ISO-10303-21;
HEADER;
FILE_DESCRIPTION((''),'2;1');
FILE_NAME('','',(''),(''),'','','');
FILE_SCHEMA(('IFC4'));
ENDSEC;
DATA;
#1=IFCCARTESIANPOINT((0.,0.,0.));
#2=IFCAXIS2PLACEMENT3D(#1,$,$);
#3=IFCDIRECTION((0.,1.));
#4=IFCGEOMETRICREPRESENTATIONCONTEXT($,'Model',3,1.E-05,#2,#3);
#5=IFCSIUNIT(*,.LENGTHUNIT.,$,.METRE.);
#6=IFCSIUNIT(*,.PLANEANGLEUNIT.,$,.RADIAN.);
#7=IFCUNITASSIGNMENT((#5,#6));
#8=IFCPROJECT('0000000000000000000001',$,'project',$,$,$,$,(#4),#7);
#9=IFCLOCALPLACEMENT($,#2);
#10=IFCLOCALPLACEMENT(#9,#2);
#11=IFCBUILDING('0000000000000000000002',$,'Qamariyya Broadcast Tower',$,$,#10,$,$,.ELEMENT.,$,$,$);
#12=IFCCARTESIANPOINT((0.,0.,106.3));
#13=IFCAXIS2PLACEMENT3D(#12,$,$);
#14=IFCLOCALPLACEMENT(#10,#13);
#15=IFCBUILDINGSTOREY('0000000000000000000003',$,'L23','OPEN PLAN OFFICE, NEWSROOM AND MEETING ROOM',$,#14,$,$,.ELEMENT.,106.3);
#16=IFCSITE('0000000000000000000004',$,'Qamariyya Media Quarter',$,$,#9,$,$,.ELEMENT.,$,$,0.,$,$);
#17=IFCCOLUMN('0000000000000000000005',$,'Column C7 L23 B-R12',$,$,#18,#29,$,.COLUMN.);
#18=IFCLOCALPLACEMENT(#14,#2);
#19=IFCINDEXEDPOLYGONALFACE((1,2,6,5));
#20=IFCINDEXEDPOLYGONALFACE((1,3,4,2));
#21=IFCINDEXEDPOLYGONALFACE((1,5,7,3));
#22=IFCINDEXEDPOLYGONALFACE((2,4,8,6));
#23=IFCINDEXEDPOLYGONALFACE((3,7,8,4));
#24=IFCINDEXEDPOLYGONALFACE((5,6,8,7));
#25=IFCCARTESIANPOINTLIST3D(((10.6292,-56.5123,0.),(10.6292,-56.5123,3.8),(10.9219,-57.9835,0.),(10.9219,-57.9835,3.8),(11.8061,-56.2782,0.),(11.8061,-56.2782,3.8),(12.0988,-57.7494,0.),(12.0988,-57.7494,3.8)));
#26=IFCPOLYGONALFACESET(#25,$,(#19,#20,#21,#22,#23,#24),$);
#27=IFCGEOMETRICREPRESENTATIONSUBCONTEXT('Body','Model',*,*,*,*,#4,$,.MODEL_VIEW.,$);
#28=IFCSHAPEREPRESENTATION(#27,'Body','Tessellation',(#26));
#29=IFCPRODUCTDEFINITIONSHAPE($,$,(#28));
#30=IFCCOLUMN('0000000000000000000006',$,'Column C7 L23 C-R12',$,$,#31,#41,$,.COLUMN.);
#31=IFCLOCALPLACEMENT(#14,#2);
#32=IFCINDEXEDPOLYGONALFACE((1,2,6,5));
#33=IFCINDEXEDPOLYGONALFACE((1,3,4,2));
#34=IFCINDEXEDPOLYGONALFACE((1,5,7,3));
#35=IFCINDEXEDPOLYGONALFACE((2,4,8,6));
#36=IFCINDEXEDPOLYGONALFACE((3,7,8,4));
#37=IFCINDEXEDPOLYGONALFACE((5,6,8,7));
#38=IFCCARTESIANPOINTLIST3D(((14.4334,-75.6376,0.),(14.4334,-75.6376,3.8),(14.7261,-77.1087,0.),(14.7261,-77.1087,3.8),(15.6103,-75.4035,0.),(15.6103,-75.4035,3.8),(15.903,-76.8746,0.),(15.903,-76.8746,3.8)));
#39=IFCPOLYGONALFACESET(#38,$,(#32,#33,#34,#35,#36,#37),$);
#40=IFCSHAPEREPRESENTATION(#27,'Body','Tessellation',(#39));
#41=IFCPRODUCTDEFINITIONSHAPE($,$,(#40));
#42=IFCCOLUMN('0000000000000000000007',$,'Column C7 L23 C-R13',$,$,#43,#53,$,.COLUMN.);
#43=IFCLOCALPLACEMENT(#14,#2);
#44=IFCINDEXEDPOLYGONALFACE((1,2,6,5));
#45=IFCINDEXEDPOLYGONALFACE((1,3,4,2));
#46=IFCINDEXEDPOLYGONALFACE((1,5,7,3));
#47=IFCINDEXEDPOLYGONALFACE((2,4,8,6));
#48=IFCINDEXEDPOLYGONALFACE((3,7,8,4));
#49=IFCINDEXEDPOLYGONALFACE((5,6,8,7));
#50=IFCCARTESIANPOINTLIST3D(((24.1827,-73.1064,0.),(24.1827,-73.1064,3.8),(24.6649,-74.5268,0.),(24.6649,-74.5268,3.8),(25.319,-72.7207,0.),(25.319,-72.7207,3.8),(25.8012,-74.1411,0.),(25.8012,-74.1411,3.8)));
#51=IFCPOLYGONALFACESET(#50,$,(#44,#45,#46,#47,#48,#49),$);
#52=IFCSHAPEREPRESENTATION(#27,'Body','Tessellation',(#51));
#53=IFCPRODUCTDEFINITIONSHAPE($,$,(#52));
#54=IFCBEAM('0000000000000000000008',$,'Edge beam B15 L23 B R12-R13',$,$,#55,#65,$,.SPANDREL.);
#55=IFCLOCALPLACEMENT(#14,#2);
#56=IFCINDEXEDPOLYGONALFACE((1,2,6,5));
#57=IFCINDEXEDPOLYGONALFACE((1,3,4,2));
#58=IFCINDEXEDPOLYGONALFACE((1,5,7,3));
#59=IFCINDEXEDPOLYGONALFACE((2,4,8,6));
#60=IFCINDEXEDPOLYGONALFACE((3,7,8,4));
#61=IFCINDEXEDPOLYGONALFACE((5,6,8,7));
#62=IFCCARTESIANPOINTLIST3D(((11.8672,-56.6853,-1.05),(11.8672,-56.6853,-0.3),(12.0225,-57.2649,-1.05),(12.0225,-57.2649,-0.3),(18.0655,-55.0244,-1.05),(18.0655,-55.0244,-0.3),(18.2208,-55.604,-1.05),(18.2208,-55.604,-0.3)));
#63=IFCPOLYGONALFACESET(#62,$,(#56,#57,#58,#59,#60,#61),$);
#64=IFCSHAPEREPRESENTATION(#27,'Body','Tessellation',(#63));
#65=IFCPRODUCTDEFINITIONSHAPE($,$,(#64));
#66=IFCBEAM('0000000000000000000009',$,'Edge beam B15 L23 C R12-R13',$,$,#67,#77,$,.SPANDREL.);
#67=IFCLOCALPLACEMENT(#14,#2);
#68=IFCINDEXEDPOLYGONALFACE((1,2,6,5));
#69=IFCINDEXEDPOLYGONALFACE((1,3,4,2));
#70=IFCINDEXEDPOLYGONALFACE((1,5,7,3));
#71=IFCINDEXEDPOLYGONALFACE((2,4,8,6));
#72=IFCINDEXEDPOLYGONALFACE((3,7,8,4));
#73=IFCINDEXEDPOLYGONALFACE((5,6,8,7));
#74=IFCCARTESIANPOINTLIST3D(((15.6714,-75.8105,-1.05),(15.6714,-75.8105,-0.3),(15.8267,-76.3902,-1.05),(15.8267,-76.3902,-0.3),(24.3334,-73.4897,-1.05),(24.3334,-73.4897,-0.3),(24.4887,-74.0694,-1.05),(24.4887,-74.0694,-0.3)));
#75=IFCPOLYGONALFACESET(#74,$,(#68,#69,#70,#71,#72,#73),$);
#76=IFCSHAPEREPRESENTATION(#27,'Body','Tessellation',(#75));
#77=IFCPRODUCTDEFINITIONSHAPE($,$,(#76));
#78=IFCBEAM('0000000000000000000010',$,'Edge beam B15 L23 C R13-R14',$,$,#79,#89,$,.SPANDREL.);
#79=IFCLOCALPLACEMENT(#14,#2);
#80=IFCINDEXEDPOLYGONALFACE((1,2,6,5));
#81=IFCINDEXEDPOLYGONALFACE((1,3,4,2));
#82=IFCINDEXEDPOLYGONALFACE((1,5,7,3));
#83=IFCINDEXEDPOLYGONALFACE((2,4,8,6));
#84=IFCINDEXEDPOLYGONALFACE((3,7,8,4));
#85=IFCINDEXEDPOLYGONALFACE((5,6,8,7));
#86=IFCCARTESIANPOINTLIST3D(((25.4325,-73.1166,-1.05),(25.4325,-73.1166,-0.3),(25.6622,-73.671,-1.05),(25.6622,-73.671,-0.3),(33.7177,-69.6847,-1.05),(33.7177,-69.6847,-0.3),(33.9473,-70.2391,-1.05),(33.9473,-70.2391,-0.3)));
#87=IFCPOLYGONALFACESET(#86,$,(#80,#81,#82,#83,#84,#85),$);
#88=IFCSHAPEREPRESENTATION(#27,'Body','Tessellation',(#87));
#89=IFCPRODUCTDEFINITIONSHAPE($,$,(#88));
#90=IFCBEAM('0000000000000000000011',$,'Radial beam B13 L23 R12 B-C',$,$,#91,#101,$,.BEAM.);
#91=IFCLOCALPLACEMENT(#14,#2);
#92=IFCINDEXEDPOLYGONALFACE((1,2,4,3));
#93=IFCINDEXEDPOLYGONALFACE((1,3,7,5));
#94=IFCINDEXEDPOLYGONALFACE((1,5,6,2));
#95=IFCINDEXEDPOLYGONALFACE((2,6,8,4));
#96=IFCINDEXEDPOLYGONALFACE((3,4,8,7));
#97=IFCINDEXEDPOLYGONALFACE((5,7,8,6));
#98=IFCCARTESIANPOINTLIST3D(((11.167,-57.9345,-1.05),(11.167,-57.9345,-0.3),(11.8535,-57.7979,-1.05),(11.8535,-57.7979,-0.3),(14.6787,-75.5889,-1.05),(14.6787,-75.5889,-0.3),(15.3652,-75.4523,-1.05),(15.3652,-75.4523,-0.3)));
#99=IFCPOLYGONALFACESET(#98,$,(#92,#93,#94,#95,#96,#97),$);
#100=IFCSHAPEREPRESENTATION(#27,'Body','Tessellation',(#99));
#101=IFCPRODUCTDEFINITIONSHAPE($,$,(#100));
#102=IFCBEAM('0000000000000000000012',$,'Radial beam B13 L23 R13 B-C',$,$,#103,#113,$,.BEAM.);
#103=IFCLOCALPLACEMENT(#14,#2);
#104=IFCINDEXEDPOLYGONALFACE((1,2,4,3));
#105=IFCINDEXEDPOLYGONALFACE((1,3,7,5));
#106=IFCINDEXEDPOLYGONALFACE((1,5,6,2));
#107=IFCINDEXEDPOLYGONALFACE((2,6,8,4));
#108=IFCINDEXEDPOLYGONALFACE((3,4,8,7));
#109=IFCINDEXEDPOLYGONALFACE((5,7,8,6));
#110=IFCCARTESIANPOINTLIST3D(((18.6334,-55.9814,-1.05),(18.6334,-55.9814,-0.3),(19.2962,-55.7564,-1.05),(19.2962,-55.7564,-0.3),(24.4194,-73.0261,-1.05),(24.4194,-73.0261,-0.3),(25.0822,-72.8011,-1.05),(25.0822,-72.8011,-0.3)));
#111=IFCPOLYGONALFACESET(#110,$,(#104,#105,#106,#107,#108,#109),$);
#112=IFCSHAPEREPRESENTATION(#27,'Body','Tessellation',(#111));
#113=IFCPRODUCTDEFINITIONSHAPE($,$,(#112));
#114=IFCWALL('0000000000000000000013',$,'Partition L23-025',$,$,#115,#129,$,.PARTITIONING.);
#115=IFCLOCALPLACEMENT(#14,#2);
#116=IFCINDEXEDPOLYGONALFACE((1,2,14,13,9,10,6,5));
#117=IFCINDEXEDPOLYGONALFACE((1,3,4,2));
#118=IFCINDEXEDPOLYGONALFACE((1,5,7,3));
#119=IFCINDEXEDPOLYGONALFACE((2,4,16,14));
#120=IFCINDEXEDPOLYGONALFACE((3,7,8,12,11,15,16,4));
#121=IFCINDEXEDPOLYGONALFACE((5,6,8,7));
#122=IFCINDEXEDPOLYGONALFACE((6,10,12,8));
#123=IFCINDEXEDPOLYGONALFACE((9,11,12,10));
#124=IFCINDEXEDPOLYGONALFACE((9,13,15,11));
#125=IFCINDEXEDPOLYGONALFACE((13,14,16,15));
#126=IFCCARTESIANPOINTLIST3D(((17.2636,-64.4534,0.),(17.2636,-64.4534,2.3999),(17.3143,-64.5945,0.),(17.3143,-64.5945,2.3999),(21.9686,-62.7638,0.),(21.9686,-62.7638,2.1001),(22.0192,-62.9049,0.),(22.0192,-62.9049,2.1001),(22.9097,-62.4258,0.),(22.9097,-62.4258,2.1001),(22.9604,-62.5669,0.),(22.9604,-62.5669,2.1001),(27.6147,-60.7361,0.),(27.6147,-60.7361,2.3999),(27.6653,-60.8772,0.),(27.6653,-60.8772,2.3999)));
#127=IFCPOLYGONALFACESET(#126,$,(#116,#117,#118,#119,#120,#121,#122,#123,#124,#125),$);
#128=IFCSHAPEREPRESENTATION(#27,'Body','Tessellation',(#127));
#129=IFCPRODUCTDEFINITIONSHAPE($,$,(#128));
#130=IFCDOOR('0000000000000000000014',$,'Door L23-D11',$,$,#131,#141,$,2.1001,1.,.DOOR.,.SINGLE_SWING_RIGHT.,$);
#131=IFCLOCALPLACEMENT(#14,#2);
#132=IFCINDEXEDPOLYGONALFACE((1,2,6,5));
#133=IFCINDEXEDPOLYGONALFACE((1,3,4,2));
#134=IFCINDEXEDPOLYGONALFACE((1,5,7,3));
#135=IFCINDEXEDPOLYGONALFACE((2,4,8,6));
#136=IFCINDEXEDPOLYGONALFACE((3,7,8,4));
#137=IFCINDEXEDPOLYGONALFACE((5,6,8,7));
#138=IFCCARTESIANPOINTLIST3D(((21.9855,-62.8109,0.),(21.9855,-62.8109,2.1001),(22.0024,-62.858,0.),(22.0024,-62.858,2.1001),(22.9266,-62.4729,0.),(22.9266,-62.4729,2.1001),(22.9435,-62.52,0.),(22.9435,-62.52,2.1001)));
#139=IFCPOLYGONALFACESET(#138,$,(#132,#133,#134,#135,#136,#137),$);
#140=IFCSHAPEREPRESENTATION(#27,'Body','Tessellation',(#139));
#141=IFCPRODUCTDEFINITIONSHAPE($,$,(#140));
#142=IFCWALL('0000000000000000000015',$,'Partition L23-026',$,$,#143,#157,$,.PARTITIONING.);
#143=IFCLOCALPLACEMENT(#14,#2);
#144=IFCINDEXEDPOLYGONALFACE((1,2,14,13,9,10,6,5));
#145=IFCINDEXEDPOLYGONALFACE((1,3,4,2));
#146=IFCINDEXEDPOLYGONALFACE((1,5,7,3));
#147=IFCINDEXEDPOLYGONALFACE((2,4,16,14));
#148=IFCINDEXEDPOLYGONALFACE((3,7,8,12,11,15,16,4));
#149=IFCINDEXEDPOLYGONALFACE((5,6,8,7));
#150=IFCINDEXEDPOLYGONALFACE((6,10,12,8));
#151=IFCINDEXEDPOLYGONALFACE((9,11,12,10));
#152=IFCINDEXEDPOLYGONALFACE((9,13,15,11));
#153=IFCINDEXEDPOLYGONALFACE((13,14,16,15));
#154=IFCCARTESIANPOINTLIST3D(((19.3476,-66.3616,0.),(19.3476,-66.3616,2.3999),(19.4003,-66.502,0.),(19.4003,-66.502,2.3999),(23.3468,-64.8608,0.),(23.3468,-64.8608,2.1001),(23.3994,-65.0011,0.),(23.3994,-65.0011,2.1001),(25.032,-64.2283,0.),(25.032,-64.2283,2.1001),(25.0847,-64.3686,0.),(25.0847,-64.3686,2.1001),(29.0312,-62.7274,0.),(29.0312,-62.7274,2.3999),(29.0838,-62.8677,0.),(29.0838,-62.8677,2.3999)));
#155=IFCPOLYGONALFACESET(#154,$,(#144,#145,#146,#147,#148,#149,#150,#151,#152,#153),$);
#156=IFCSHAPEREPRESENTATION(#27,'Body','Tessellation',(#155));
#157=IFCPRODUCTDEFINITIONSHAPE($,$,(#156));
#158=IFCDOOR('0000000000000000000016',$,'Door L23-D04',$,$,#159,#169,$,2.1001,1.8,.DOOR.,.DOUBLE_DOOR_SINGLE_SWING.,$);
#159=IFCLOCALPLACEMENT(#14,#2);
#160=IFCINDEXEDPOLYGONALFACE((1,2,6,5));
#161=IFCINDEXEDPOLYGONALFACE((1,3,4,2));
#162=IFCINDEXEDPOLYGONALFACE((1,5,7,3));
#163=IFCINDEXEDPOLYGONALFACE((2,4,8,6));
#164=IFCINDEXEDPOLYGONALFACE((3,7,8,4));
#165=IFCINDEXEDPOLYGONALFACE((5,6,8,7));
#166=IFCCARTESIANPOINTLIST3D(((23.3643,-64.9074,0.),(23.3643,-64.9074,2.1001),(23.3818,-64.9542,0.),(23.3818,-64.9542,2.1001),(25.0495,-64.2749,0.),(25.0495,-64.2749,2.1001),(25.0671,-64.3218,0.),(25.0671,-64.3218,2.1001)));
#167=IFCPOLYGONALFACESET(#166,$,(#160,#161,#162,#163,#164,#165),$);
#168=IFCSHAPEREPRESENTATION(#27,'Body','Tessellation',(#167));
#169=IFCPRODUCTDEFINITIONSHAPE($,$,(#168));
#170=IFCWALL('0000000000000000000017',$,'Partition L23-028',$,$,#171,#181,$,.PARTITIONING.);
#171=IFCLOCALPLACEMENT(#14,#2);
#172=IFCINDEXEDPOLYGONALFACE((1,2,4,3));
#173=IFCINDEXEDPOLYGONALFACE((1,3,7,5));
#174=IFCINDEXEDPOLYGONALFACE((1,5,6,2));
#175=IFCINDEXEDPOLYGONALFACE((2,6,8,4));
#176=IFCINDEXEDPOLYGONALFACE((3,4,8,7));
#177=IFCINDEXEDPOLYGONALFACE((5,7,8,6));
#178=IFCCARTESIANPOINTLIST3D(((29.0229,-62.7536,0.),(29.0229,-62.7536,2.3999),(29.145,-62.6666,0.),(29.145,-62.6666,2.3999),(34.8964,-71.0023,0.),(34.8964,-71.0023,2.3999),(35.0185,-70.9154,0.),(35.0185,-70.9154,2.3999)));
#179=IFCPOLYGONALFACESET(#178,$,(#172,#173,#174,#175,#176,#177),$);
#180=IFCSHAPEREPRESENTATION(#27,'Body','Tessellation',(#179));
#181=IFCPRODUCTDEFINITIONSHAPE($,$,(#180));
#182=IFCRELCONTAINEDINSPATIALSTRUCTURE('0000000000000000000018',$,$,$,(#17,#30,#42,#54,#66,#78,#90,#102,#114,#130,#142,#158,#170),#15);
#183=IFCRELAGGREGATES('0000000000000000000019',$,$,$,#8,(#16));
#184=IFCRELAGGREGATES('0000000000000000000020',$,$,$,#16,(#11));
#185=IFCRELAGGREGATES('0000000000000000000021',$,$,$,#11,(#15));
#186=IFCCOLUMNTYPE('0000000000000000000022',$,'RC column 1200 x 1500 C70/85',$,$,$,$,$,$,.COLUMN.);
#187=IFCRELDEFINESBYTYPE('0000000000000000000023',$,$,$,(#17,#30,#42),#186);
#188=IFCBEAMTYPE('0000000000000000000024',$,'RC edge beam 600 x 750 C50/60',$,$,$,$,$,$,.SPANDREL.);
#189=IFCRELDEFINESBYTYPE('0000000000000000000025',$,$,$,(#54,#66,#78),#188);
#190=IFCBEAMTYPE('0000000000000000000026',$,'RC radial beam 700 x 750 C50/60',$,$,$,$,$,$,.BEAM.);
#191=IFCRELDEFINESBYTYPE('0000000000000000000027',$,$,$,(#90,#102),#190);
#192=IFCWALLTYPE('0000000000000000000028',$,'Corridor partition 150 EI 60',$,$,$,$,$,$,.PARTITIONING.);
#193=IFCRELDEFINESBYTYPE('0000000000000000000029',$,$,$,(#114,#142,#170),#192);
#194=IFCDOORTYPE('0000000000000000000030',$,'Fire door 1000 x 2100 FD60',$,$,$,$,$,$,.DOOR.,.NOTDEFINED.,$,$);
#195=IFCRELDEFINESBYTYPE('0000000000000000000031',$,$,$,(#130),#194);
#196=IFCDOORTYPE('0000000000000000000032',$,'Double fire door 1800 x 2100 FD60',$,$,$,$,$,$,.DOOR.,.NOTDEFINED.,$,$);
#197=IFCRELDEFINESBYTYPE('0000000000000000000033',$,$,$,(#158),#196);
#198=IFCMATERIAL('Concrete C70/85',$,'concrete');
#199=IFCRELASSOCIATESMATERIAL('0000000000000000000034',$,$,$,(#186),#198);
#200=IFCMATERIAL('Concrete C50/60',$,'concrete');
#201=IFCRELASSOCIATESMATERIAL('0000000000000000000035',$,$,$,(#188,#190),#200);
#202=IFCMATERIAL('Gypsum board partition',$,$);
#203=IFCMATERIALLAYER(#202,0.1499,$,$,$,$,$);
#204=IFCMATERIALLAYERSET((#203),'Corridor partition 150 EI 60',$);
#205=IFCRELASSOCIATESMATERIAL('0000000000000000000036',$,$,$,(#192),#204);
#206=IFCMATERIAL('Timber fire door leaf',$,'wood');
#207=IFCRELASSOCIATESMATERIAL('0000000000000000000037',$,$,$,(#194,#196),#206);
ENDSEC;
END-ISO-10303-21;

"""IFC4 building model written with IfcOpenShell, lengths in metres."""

from ifc_helpers import new_model, si_unit, direction, frame, frame_2d, origin, origin_2d, place, context, subcontext, project, spatial, rectangle, extrude, material, layer, layer_set, material_profile, profile_set, type_object, element, fill, save


model = new_model("IFC4")

# Units and contexts
model_context = context("Model", 3, precision=1e-05, world=origin(), true_north=direction((0.0, 1.0)))
body_context = subcontext(model_context, "Body", "Model", "MODEL_VIEW")
ifc_project = project(units=[si_unit("LENGTHUNIT", "METRE"), si_unit("PLANEANGLEUNIT", "RADIAN")], contexts=[model_context])

# Site, building, storey
site_placement = place(None, origin())
site = spatial("IfcSite", under=ifc_project, at=site_placement, Name="Qamariyya Media Quarter", CompositionType="ELEMENT", RefElevation=0.0)
building_placement = place(site_placement, origin())
building = spatial("IfcBuilding", under=site, at=building_placement, Name="Qamariyya Broadcast Tower", CompositionType="ELEMENT")
storey_placement = place(building_placement, frame((0.0, 0.0, 106.3)))
storey = spatial("IfcBuildingStorey", under=building, at=storey_placement, Name="L23", Description="OPEN PLAN OFFICE, NEWSROOM AND MEETING ROOM", CompositionType="ELEMENT", Elevation=106.3)

# Columns
ifc_material_1 = material(Name="Concrete C70/85", Category="concrete")
ifc_material_profile_1 = material_profile(ifc_material_1, rectangle(XDim=1.2, YDim=1.5, at=origin_2d()))
ifc_profile_set_1 = profile_set([ifc_material_profile_1], Name="Concrete C70/85")
column_type = type_object("IfcColumnType", Name="RC column 1200 x 1500 C70/85", PredefinedType="COLUMN", material=ifc_profile_set_1)
for number, where, z_axis, x_axis, name in (
    (1, (11.364, -57.1309, 0.0), (0.0, 0.0, 1.0), (0.980785, 0.19509, 0.0), "Column C7 L23 B-R12"),
    (2, (15.1682, -76.2561, 0.0), (0.0, 0.0, 1.0), (0.980785, 0.19509, 0.0), "Column C7 L23 C-R12"),
    (3, (24.9919, -73.6238, 0.0), (0.0, 0.0, 1.0), (0.94693, 0.321439, 0.0), "Column C7 L23 C-R13"),
):
    element("IfcColumn", number, at=place(storey_placement, frame(where, z_axis=z_axis, x_axis=x_axis)), inside=storey, type_object=column_type, Name=name, PredefinedType="COLUMN", context=body_context, shape_type="SweptSolid", body=[
        extrude(rectangle(XDim=1.2, YDim=1.5, at=origin_2d()), origin(), (0.0, 0.0, 1.0), 3.8),
    ])

# Beams
ifc_material_2 = material(Name="Concrete C50/60", Category="concrete")
ifc_material_profile_2 = material_profile(ifc_material_2, rectangle(XDim=0.6001, YDim=0.75, at=origin_2d()))
ifc_profile_set_2 = profile_set([ifc_material_profile_2], Name="Concrete C50/60")
beam_type_1 = type_object("IfcBeamType", Name="RC edge beam 600 x 750 C50/60", PredefinedType="SPANDREL", material=ifc_profile_set_2)
beam_1_placement = place(storey_placement, frame((11.9448, -56.9751, -0.675), z_axis=(0.965923, 0.25883, 0.0), x_axis=(-0.25883, 0.965923, 0.0)))
element("IfcBeam", 4, at=beam_1_placement, inside=storey, type_object=beam_type_1, Name="Edge beam B15 L23 B R12-R13", PredefinedType="SPANDREL", context=body_context, shape_type="SweptSolid", body=[
    extrude(rectangle(XDim=0.6001, YDim=0.75, at=origin_2d()), origin(), (0.0, 0.0, 1.0), 6.417),
])
beam_2_placement = place(storey_placement, frame((15.749, -76.1003, -0.675), z_axis=(0.965932, 0.258798, 0.0), x_axis=(-0.258798, 0.965932, 0.0)))
element("IfcBeam", 5, at=beam_2_placement, inside=storey, type_object=beam_type_1, Name="Edge beam B15 L23 C R12-R13", PredefinedType="SPANDREL", context=body_context, shape_type="SweptSolid", body=[
    extrude(rectangle(XDim=0.6001, YDim=0.75, at=origin_2d()), origin(), (0.0, 0.0, 1.0), 8.9675),
])
beam_3_placement = place(storey_placement, frame((25.5474, -73.3938, -0.675), z_axis=(0.923877, 0.382689, 0.0), x_axis=(-0.382689, 0.923877, 0.0)))
element("IfcBeam", 6, at=beam_3_placement, inside=storey, type_object=beam_type_1, Name="Edge beam B15 L23 C R13-R14", PredefinedType="SPANDREL", context=body_context, shape_type="SweptSolid", body=[
    extrude(rectangle(XDim=0.6001, YDim=0.75, at=origin_2d()), origin(), (0.0, 0.0, 1.0), 8.9678),
])
ifc_material_profile_3 = material_profile(ifc_material_2, rectangle(XDim=0.7, YDim=0.75, at=origin_2d()))
ifc_profile_set_3 = profile_set([ifc_material_profile_3], Name="Concrete C50/60")
beam_type_2 = type_object("IfcBeamType", Name="RC radial beam 700 x 750 C50/60", PredefinedType="BEAM", material=ifc_profile_set_3)
beam_4_placement = place(storey_placement, frame((11.5103, -57.8662, -0.675), z_axis=(0.195094, -0.980785, 0.0), x_axis=(0.980785, 0.195094, 0.0)))
element("IfcBeam", 7, at=beam_4_placement, inside=storey, type_object=beam_type_2, Name="Radial beam B13 L23 R12 B-C", PredefinedType="BEAM", context=body_context, shape_type="SweptSolid", body=[
    extrude(rectangle(XDim=0.7, YDim=0.75, at=origin_2d()), origin(), (0.0, 0.0, 1.0), 18.0002),
])
beam_5_placement = place(storey_placement, frame((18.9648, -55.8689, -0.675), z_axis=(0.321439, -0.94693, 0.0), x_axis=(0.94693, 0.321439, 0.0)))
element("IfcBeam", 8, at=beam_5_placement, inside=storey, type_object=beam_type_2, Name="Radial beam B13 L23 R13 B-C", PredefinedType="BEAM", context=body_context, shape_type="SweptSolid", body=[
    extrude(rectangle(XDim=0.7, YDim=0.75, at=origin_2d()), origin(), (0.0, 0.0, 1.0), 18.0),
])

# Walls, openings, doors
ifc_material_3 = material(Name="Gypsum board partition")
ifc_layer_1 = layer(ifc_material_3, 0.1499)
ifc_layer_set_1 = layer_set([ifc_layer_1], Name="Corridor partition 150 EI 60")
wall_type_1 = type_object("IfcWallType", Name="Corridor partition 150 EI 60", PredefinedType="PARTITIONING", material=ifc_layer_set_1)
wall_1_placement = place(storey_placement, frame((17.2891, -64.5239, 0.0), z_axis=(0.0, 0.0, 1.0), x_axis=(0.941151, 0.337987, 0.0)))
wall_1 = element("IfcWall", 9, at=wall_1_placement, inside=storey, type_object=wall_type_1, Name="Partition L23-025", PredefinedType="PARTITIONING", context=body_context, shape_type="SweptSolid", body=[
    extrude(rectangle(XDim=10.9983, YDim=0.1499, at=frame_2d((5.499, 0.0))), origin(), (0.0, 0.0, 1.0), 2.3999),
])
opening_1_placement = place(wall_1_placement, frame((4.999, 0.0, 0.0)))
opening_1 = element("IfcOpeningElement", 10, at=opening_1_placement, cuts=wall_1, PredefinedType="OPENING", context=body_context, shape_type="SweptSolid", body=[
    extrude(rectangle(XDim=1.0, YDim=2.1001, at=frame_2d((0.5, 1.05))), frame((0.0, 0.085, 0.0), z_axis=(0.0, -1.0, 0.0), x_axis=(1.0, 0.0, 0.0)), (0.0, 0.0, 1.0), 0.1699),
])
ifc_material_4 = material(Name="Timber fire door leaf", Category="wood")
door_type_1 = type_object("IfcDoorType", Name="Fire door 1000 x 2100 FD60", OperationType="NOTDEFINED", PredefinedType="DOOR", material=ifc_material_4)
door_1_placement = place(opening_1_placement, origin())
door_1 = element("IfcDoor", 11, at=door_1_placement, inside=storey, type_object=door_type_1, Name="Door L23-D11", OperationType="SINGLE_SWING_RIGHT", OverallHeight=2.1001, OverallWidth=1.0, PredefinedType="DOOR", context=body_context, shape_type="SweptSolid", body=[
    extrude(rectangle(XDim=1.0, YDim=2.1001, at=frame_2d((0.5, 1.05))), frame((0.0, 0.0249, 0.0), z_axis=(0.0, -1.0, 0.0), x_axis=(1.0, 0.0, 0.0)), (0.0, 0.0, 1.0), 0.05),
])
fill(opening_1, door_1)
wall_2_placement = place(storey_placement, frame((29.0574, -62.7976, 0.0), z_axis=(0.0, 0.0, 1.0), x_axis=(-0.936236, -0.351372, 0.0)))
wall_2 = element("IfcWall", 12, at=wall_2_placement, inside=storey, type_object=wall_type_1, Name="Partition L23-026", PredefinedType="PARTITIONING", context=body_context, shape_type="SweptSolid", body=[
    extrude(rectangle(XDim=10.343, YDim=0.1499, at=frame_2d((5.1714, 0.0))), origin(), (0.0, 0.0, 1.0), 2.3999),
])
opening_2_placement = place(wall_2_placement, frame((4.2715, 0.0, 0.0)))
opening_2 = element("IfcOpeningElement", 13, at=opening_2_placement, cuts=wall_2, PredefinedType="OPENING", context=body_context, shape_type="SweptSolid", body=[
    extrude(rectangle(XDim=1.8, YDim=2.1001, at=frame_2d((0.8999, 1.05))), frame((0.0, 0.085, 0.0), z_axis=(0.0, -1.0, 0.0), x_axis=(1.0, 0.0, 0.0)), (0.0, 0.0, 1.0), 0.1699),
])
door_type_2 = type_object("IfcDoorType", Name="Double fire door 1800 x 2100 FD60", OperationType="NOTDEFINED", PredefinedType="DOOR", material=ifc_material_4)
door_2_placement = place(opening_2_placement, origin())
door_2 = element("IfcDoor", 14, at=door_2_placement, inside=storey, type_object=door_type_2, Name="Door L23-D04", OperationType="DOUBLE_DOOR_SINGLE_SWING", OverallHeight=2.1001, OverallWidth=1.8, PredefinedType="DOOR", context=body_context, shape_type="SweptSolid", body=[
    extrude(rectangle(XDim=1.8, YDim=2.1001, at=frame_2d((0.8999, 1.05))), frame((0.0, 0.0249, 0.0), z_axis=(0.0, -1.0, 0.0), x_axis=(1.0, 0.0, 0.0)), (0.0, 0.0, 1.0), 0.05),
])
fill(opening_2, door_2)

# Wall
wall_3_placement = place(storey_placement, frame((29.084, -62.7102, 0.0), z_axis=(0.0, 0.0, 1.0), x_axis=(0.580031, -0.814594, 0.0)))
element("IfcWall", 15, at=wall_3_placement, inside=storey, type_object=wall_type_1, Name="Partition L23-028", PredefinedType="PARTITIONING", context=body_context, shape_type="SweptSolid", body=[
    extrude(rectangle(XDim=10.1262, YDim=0.1499, at=frame_2d((5.063, 0.0))), origin(), (0.0, 0.0, 1.0), 2.3999),
])

save(model, "model.ifc")
